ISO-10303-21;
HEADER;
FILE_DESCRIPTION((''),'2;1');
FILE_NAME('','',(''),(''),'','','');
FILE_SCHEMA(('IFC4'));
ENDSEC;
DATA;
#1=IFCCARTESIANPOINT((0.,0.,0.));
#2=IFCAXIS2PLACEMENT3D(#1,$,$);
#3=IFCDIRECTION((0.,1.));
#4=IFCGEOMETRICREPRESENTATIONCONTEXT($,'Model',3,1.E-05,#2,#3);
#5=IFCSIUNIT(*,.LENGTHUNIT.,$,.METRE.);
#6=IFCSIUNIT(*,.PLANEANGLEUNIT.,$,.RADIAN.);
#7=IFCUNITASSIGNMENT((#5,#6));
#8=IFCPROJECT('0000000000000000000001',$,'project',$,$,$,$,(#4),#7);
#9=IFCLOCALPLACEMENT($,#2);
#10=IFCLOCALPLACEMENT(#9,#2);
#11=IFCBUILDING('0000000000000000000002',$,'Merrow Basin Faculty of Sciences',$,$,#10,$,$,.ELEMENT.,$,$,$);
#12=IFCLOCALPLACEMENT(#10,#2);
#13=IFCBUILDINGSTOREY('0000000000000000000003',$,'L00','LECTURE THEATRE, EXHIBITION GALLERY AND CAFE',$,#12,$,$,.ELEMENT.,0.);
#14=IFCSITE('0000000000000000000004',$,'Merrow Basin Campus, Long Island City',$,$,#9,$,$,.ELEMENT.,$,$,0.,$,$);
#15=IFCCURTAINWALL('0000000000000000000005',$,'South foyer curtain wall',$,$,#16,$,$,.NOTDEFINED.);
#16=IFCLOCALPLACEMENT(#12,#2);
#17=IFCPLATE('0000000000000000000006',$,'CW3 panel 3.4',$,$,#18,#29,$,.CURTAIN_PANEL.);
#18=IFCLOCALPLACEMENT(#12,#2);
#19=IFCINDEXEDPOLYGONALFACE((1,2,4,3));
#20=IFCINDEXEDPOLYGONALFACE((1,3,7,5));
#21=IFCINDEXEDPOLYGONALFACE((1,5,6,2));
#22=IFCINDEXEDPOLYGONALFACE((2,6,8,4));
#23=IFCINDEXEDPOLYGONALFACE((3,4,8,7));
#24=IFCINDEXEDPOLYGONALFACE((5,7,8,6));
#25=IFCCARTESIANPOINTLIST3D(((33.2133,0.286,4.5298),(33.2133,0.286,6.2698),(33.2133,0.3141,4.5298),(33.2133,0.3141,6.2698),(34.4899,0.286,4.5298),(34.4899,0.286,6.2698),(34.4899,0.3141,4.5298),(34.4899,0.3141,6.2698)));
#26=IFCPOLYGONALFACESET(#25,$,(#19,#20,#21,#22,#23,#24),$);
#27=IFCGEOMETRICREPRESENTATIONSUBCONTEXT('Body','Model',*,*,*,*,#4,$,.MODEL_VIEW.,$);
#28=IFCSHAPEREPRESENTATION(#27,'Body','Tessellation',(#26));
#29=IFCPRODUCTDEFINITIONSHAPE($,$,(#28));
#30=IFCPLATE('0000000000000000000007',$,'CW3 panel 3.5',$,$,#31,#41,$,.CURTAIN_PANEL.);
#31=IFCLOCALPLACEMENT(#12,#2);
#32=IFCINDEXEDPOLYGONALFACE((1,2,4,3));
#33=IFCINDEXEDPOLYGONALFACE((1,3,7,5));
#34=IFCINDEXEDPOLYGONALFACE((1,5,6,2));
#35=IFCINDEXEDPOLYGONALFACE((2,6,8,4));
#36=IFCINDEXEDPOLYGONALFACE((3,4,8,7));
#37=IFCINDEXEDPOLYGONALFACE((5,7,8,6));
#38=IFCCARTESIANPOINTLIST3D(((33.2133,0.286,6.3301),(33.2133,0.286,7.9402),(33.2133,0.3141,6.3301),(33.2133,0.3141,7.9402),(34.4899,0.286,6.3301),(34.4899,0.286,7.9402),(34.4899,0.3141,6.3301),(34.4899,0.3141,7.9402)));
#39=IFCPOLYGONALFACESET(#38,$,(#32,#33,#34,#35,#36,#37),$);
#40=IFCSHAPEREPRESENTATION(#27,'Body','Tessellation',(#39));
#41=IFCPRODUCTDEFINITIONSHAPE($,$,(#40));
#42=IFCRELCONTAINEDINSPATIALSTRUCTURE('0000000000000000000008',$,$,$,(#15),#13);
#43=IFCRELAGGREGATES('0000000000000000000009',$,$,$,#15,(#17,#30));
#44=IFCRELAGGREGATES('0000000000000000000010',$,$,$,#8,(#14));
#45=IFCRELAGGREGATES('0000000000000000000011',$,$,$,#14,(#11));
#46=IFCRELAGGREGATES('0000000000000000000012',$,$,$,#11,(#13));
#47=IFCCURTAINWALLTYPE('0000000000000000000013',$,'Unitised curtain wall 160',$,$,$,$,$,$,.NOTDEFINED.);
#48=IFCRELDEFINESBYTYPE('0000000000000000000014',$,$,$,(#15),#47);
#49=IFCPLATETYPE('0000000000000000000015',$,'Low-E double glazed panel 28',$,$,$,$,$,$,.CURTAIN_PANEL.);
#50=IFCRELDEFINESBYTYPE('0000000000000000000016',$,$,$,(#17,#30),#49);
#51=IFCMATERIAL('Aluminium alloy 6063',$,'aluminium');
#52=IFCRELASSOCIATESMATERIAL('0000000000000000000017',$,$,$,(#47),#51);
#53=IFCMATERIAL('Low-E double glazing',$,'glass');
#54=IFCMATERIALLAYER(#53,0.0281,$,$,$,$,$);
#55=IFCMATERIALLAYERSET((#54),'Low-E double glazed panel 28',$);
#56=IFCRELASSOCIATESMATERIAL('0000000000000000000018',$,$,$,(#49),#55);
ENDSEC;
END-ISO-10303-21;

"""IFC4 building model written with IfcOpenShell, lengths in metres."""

from ifc_helpers import new_model, si_unit, direction, frame, origin, origin_2d, place, context, subcontext, project, spatial, rectangle, extrude, material, layer, layer_set, type_object, element, aggregate, save


model = new_model("IFC4")

# Units and contexts
model_context = context("Model", 3, precision=1e-05, world=origin(), true_north=direction((0.0, 1.0)))
body_context = subcontext(model_context, "Body", "Model", "MODEL_VIEW")
ifc_project = project(units=[si_unit("LENGTHUNIT", "METRE"), si_unit("PLANEANGLEUNIT", "RADIAN")], contexts=[model_context])

# Site, building, storey
site_placement = place(None, origin())
site = spatial("IfcSite", under=ifc_project, at=site_placement, Name="Merrow Basin Campus, Long Island City", CompositionType="ELEMENT", RefElevation=0.0)
building_placement = place(site_placement, origin())
building = spatial("IfcBuilding", under=site, at=building_placement, Name="Merrow Basin Faculty of Sciences", CompositionType="ELEMENT")
storey_placement = place(building_placement, origin())
storey = spatial("IfcBuildingStorey", under=building, at=storey_placement, Name="L00", Description="LECTURE THEATRE, EXHIBITION GALLERY AND CAFE", CompositionType="ELEMENT", Elevation=0.0)

# Curtain wall
ifc_material_1 = material(Name="Aluminium alloy 6063", Category="aluminium")
curtain_wall_type_1 = type_object("IfcCurtainWallType", Name="Unitised curtain wall 160", PredefinedType="NOTDEFINED", material=ifc_material_1)
curtain_wall_1_placement = place(storey_placement, origin())
curtain_wall_1 = element("IfcCurtainWall", 1, at=curtain_wall_1_placement, inside=storey, type_object=curtain_wall_type_1, Name="South foyer curtain wall", PredefinedType="NOTDEFINED")

# Plates
ifc_material_2 = material(Name="Low-E double glazing", Category="glass")
ifc_layer_1 = layer(ifc_material_2, 0.0281)
ifc_layer_set_1 = layer_set([ifc_layer_1], Name="Low-E double glazed panel 28")
plate_type_1 = type_object("IfcPlateType", Name="Low-E double glazed panel 28", PredefinedType="CURTAIN_PANEL", material=ifc_layer_set_1)
plate_1_placement = place(storey_placement, frame((33.8516, 0.3, 4.5298), z_axis=(0.0, 0.0, 1.0), x_axis=(1.0, 0.0, 0.0)))
plate_1 = element("IfcPlate", 2, at=plate_1_placement, type_object=plate_type_1, Name="CW3 panel 3.4", PredefinedType="CURTAIN_PANEL", context=body_context, shape_type="SweptSolid", body=[
    extrude(rectangle(XDim=1.2766, YDim=0.0281, at=origin_2d()), origin(), (0.0, 0.0, 1.0), 1.74),
])
plate_2_placement = place(storey_placement, frame((33.8516, 0.3, 6.3301), z_axis=(0.0, 0.0, 1.0), x_axis=(1.0, 0.0, 0.0)))
plate_2 = element("IfcPlate", 3, at=plate_2_placement, type_object=plate_type_1, Name="CW3 panel 3.5", PredefinedType="CURTAIN_PANEL", context=body_context, shape_type="SweptSolid", body=[
    extrude(rectangle(XDim=1.2766, YDim=0.0281, at=origin_2d()), origin(), (0.0, 0.0, 1.0), 1.6101),
])
aggregate(curtain_wall_1, [plate_1, plate_2])

save(model, "model.ifc")
